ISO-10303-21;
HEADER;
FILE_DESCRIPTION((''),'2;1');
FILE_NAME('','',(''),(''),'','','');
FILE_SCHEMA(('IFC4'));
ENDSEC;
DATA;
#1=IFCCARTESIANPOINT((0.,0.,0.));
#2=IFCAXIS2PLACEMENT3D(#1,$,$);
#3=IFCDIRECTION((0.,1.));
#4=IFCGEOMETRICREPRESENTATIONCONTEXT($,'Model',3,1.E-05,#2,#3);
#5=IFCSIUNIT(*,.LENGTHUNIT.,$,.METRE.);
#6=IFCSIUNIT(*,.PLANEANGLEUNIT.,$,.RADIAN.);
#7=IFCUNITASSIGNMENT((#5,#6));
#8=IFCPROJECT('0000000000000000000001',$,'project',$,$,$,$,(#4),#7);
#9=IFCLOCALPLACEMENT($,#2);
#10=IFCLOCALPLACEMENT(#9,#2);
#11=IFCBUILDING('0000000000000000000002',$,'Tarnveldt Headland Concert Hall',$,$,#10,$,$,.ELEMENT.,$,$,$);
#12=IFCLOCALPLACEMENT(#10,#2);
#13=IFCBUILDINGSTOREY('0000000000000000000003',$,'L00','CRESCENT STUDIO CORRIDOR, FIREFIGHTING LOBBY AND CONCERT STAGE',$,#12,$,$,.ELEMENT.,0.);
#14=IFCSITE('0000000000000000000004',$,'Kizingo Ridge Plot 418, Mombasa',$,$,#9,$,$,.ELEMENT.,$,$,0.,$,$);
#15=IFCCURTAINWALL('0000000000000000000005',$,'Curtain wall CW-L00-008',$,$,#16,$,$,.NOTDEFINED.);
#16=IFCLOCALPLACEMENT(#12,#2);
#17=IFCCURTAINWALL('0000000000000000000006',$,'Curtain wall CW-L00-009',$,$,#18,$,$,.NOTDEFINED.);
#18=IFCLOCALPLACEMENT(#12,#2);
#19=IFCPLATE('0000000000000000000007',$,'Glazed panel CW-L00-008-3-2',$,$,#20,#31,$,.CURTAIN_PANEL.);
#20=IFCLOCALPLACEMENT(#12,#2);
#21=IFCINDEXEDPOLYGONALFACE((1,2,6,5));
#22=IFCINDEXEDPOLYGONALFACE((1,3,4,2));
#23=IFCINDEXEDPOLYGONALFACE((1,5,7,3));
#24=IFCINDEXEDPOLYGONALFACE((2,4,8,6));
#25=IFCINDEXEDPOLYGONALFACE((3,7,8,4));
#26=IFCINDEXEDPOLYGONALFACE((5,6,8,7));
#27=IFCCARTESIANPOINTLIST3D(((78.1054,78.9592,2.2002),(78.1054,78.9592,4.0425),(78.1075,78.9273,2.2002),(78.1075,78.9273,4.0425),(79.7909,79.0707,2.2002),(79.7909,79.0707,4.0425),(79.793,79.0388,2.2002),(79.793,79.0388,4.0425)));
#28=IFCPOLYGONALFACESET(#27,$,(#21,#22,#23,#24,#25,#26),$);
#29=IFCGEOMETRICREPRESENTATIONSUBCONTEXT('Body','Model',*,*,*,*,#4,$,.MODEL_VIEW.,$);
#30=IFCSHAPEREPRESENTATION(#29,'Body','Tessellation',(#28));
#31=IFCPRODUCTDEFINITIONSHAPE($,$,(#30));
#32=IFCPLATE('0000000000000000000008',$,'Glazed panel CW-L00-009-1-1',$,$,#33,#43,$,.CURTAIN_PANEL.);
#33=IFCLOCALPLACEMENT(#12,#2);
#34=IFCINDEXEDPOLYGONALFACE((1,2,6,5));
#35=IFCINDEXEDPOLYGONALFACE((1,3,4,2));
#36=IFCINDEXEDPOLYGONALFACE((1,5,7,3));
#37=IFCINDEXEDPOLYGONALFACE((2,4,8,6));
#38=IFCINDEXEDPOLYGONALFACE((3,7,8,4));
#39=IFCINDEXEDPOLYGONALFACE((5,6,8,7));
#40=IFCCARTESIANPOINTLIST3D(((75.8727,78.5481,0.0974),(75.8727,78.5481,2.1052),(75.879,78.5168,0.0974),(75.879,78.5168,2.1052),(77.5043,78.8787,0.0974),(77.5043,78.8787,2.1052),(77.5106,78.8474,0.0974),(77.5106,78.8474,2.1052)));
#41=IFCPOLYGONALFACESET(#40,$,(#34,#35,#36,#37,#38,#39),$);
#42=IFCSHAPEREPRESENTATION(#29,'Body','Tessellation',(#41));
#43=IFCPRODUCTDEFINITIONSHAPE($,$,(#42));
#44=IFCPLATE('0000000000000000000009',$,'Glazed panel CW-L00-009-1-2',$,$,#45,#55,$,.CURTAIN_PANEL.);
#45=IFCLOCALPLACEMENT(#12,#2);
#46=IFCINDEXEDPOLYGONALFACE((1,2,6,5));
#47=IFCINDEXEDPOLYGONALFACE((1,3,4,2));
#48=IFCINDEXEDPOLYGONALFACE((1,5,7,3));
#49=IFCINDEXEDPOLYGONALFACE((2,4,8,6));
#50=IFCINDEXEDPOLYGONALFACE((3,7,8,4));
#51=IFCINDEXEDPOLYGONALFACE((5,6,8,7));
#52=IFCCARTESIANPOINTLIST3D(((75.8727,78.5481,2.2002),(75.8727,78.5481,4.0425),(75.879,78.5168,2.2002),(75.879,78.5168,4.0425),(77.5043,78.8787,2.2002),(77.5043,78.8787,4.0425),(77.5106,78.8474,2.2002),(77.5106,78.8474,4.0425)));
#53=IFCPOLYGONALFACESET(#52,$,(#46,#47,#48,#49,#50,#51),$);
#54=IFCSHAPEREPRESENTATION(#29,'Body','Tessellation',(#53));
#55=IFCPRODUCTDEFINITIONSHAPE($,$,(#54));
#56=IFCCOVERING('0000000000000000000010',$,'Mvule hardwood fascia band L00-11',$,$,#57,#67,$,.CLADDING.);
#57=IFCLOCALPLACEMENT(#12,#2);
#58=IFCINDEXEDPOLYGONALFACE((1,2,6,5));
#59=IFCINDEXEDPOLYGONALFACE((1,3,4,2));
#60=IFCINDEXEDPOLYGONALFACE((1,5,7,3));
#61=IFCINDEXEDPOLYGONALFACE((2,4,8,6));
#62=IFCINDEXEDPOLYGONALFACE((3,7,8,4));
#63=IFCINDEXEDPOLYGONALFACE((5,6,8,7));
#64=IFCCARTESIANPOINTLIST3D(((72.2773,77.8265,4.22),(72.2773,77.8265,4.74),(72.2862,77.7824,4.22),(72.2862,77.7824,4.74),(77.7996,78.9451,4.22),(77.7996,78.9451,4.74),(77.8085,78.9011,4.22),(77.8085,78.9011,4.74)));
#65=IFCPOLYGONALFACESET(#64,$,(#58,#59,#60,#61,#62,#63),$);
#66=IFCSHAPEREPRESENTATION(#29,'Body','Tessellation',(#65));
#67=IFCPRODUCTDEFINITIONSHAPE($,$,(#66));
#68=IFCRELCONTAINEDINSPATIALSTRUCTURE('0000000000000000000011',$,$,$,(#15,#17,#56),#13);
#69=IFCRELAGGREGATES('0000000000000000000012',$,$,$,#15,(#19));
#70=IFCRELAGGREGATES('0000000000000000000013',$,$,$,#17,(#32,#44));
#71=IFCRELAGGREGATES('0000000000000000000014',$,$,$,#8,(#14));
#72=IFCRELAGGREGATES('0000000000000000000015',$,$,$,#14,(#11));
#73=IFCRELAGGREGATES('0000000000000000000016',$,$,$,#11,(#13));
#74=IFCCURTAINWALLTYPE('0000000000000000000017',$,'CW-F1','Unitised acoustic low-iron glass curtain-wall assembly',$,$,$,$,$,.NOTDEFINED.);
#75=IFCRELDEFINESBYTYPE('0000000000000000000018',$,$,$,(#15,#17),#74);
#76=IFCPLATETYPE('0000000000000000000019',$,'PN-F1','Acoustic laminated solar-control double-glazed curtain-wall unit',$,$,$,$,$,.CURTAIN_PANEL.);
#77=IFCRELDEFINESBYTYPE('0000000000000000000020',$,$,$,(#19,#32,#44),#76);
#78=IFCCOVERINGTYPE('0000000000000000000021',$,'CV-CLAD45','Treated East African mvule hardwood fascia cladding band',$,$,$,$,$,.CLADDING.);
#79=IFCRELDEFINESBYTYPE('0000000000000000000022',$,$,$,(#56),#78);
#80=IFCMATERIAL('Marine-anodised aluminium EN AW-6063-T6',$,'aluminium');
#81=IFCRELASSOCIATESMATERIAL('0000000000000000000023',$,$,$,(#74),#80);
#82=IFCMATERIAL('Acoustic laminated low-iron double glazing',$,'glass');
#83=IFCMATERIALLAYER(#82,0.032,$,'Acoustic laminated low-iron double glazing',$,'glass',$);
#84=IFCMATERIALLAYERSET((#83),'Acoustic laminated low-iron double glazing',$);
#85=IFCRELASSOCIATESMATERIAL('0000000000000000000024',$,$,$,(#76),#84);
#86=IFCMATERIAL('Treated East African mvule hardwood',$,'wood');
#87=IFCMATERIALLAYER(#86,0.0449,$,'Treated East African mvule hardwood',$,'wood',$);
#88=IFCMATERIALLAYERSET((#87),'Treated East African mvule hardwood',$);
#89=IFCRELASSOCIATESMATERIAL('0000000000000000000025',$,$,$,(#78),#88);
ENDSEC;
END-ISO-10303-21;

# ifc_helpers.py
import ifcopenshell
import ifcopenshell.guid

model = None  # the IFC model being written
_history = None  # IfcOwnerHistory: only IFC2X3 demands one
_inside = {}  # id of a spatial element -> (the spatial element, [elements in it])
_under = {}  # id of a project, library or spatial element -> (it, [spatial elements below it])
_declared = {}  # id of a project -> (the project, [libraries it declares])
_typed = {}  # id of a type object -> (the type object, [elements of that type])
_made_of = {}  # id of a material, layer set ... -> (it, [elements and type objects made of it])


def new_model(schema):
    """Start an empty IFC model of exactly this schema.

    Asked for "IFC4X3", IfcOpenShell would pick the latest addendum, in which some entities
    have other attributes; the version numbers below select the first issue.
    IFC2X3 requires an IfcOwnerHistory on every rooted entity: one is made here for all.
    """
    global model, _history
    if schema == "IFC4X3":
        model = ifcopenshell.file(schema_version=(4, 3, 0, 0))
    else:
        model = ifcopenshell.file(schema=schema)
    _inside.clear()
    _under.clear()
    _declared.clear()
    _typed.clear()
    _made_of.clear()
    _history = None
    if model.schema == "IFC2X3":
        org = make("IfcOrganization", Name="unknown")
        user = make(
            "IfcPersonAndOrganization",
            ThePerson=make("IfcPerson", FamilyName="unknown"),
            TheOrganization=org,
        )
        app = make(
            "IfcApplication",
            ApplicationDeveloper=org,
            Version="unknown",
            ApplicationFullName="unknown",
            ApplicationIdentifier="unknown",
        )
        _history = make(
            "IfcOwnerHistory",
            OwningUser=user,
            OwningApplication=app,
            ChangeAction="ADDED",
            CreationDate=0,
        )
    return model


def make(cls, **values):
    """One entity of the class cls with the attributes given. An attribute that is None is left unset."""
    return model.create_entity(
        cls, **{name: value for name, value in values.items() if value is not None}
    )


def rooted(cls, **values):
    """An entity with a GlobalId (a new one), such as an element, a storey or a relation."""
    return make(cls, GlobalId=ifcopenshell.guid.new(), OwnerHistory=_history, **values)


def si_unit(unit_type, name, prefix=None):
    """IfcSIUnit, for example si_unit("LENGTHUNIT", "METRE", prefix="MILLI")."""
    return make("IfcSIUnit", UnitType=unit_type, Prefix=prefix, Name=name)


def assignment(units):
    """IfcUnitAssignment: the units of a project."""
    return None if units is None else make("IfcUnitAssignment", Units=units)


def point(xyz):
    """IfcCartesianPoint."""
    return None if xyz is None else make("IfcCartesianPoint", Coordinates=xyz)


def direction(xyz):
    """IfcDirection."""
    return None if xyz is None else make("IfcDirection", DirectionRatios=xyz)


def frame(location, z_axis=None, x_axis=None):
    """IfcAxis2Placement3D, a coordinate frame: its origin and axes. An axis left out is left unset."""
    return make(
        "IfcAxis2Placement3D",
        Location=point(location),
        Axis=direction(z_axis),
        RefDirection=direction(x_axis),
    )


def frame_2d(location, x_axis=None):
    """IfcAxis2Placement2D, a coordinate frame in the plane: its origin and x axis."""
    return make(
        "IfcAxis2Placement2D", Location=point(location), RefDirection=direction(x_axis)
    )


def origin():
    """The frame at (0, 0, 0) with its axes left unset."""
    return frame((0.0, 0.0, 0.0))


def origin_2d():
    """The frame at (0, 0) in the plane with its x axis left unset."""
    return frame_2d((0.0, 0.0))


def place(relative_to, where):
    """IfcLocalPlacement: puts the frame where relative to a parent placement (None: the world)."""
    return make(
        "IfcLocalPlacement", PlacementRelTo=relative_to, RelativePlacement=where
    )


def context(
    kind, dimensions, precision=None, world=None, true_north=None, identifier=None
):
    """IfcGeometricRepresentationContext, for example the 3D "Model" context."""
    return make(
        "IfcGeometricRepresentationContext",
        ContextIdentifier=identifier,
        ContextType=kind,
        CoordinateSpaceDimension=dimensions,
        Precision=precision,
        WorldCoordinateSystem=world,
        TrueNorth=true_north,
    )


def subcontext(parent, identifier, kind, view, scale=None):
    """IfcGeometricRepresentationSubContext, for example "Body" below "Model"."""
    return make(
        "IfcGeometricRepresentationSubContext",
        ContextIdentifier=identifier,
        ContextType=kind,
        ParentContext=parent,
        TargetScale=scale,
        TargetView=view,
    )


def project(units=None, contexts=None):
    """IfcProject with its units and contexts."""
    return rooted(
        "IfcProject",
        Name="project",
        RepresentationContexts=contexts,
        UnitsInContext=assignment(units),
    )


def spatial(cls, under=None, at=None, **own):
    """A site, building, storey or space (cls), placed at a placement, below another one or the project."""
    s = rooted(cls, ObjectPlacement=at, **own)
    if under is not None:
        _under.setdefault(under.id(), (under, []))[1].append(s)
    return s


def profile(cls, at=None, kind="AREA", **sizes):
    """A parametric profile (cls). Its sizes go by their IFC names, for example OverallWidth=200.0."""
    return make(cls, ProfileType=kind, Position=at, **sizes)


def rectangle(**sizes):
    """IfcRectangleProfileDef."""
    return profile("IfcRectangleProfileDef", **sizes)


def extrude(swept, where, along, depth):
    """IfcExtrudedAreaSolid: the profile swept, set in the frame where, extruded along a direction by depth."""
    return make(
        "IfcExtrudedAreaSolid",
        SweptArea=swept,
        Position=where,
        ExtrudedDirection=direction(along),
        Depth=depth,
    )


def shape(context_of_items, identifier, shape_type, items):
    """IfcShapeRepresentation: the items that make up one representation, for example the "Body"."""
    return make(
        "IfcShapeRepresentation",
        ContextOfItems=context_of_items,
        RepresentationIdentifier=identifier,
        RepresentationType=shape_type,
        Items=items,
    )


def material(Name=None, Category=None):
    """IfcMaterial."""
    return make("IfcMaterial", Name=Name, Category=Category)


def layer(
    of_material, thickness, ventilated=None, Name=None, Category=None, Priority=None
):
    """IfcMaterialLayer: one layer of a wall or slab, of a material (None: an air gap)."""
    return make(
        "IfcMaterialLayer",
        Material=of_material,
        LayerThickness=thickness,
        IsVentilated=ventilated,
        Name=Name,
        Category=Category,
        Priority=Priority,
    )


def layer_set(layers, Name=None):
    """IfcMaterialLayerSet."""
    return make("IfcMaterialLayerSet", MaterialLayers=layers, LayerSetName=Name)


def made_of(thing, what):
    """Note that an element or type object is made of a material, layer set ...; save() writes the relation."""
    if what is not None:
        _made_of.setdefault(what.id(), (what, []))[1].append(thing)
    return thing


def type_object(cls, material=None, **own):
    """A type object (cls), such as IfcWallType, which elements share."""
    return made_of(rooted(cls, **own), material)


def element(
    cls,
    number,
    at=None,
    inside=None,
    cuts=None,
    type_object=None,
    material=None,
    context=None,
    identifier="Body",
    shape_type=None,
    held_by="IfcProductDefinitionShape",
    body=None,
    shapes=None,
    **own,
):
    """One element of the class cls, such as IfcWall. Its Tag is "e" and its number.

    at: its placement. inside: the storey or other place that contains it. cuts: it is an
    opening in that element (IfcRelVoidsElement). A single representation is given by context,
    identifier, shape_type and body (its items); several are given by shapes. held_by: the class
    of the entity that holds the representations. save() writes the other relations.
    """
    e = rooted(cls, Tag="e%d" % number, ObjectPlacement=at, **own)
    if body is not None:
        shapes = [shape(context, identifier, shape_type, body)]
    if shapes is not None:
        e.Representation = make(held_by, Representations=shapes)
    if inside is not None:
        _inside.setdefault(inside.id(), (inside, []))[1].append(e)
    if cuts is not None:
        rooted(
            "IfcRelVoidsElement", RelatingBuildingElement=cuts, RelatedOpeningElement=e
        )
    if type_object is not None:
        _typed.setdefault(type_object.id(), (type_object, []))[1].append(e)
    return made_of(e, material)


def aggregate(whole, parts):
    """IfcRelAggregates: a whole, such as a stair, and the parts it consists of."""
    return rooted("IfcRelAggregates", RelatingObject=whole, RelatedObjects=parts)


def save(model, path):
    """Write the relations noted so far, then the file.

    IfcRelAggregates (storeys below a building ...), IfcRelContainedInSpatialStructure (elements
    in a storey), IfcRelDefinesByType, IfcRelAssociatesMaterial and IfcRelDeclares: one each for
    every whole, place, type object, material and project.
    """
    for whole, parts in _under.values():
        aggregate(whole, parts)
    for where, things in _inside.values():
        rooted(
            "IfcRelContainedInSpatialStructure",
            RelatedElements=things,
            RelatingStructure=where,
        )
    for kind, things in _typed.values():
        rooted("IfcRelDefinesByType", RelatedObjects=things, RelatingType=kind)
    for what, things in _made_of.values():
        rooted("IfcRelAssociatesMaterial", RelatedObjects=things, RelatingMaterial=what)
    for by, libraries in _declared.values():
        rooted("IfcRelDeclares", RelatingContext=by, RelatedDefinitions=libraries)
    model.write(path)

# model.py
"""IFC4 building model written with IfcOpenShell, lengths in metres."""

from ifc_helpers import new_model, si_unit, direction, frame, frame_2d, origin, origin_2d, place, context, subcontext, project, spatial, rectangle, extrude, material, layer, layer_set, type_object, element, aggregate, save


model = new_model("IFC4")

# Units and contexts
model_context = context("Model", 3, precision=1e-05, world=origin(), true_north=direction((0.0, 1.0)))
body_context = subcontext(model_context, "Body", "Model", "MODEL_VIEW")
ifc_project = project(units=[si_unit("LENGTHUNIT", "METRE"), si_unit("PLANEANGLEUNIT", "RADIAN")], contexts=[model_context])

# Site, building, storey
site_placement = place(None, origin())
site = spatial("IfcSite", under=ifc_project, at=site_placement, Name="Kizingo Ridge Plot 418, Mombasa", CompositionType="ELEMENT", RefElevation=0.0)
building_placement = place(site_placement, origin())
building = spatial("IfcBuilding", under=site, at=building_placement, Name="Tarnveldt Headland Concert Hall", CompositionType="ELEMENT")
storey_placement = place(building_placement, origin())
storey = spatial("IfcBuildingStorey", under=building, at=storey_placement, Name="L00", Description="CRESCENT STUDIO CORRIDOR, FIREFIGHTING LOBBY AND CONCERT STAGE", CompositionType="ELEMENT", Elevation=0.0)

# Curtain walls
ifc_material_1 = material(Name="Marine-anodised aluminium EN AW-6063-T6", Category="aluminium")
curtain_wall_type = type_object("IfcCurtainWallType", Name="CW-F1", Description="Unitised acoustic low-iron glass curtain-wall assembly", PredefinedType="NOTDEFINED", material=ifc_material_1)
curtain_wall_1_placement = place(storey_placement, origin())
curtain_wall_1 = element("IfcCurtainWall", 1, at=curtain_wall_1_placement, inside=storey, type_object=curtain_wall_type, Name="Curtain wall CW-L00-008", PredefinedType="NOTDEFINED")
curtain_wall_2_placement = place(storey_placement, origin())
curtain_wall_2 = element("IfcCurtainWall", 2, at=curtain_wall_2_placement, inside=storey, type_object=curtain_wall_type, Name="Curtain wall CW-L00-009", PredefinedType="NOTDEFINED")

# Plates
ifc_material_2 = material(Name="Acoustic laminated low-iron double glazing", Category="glass")
ifc_layer_1 = layer(ifc_material_2, 0.032, Name="Acoustic laminated low-iron double glazing", Category="glass")
ifc_layer_set_1 = layer_set([ifc_layer_1], Name="Acoustic laminated low-iron double glazing")
plate_type = type_object("IfcPlateType", Name="PN-F1", Description="Acoustic laminated solar-control double-glazed curtain-wall unit", PredefinedType="CURTAIN_PANEL", material=ifc_layer_set_1)
plate_1_placement = place(storey_placement, frame((78.9492, 78.999, 2.2002), z_axis=(0.0, 0.0, 1.0), x_axis=(-0.997819, -0.066013, 0.0)))
plate_1 = element("IfcPlate", 3, at=plate_1_placement, type_object=plate_type, Name="Glazed panel CW-L00-008-3-2", PredefinedType="CURTAIN_PANEL", context=body_context, shape_type="SweptSolid", body=[
    extrude(rectangle(XDim=1.6892, YDim=0.032, at=origin_2d()), origin(), (0.0, 0.0, 1.0), 1.8423),
])
aggregate(curtain_wall_1, [plate_1])
plate_2_placement = place(storey_placement, frame((76.6917, 78.6978, 0.0974), z_axis=(0.0, 0.0, 1.0), x_axis=(-0.980088, -0.198564, 0.0)))
plate_2 = element("IfcPlate", 4, at=plate_2_placement, type_object=plate_type, Name="Glazed panel CW-L00-009-1-1", PredefinedType="CURTAIN_PANEL", context=body_context, shape_type="SweptSolid", body=[
    extrude(rectangle(XDim=1.6648, YDim=0.032, at=origin_2d()), origin(), (0.0, 0.0, 1.0), 2.0078),
])
plate_3_placement = place(storey_placement, frame((76.6917, 78.6978, 2.2002), z_axis=(0.0, 0.0, 1.0), x_axis=(-0.980088, -0.198564, 0.0)))
plate_3 = element("IfcPlate", 5, at=plate_3_placement, type_object=plate_type, Name="Glazed panel CW-L00-009-1-2", PredefinedType="CURTAIN_PANEL", context=body_context, shape_type="SweptSolid", body=[
    extrude(rectangle(XDim=1.6648, YDim=0.032, at=origin_2d()), origin(), (0.0, 0.0, 1.0), 1.8423),
])
aggregate(curtain_wall_2, [plate_2, plate_3])

# Covering
ifc_material_3 = material(Name="Treated East African mvule hardwood", Category="wood")
ifc_layer_2 = layer(ifc_material_3, 0.0449, Name="Treated East African mvule hardwood", Category="wood")
ifc_layer_set_2 = layer_set([ifc_layer_2], Name="Treated East African mvule hardwood")
covering_type = type_object("IfcCoveringType", Name="CV-CLAD45", Description="Treated East African mvule hardwood fascia cladding band", PredefinedType="CLADDING", material=ifc_layer_set_2)
covering_placement = place(storey_placement, frame((77.8042, 78.9231, 4.22), z_axis=(0.0, 0.0, 1.0), x_axis=(-0.980094, -0.198532, 0.0)))
element("IfcCovering", 6, at=covering_placement, inside=storey, type_object=covering_type, Name="Mvule hardwood fascia band L00-11", PredefinedType="CLADDING", context=body_context, shape_type="SweptSolid", body=[
    extrude(rectangle(XDim=5.6345, YDim=0.0449, at=frame_2d((2.8174, 0.0))), origin(), (0.0, 0.0, 1.0), 0.52),
])

save(model, "model.ifc")
